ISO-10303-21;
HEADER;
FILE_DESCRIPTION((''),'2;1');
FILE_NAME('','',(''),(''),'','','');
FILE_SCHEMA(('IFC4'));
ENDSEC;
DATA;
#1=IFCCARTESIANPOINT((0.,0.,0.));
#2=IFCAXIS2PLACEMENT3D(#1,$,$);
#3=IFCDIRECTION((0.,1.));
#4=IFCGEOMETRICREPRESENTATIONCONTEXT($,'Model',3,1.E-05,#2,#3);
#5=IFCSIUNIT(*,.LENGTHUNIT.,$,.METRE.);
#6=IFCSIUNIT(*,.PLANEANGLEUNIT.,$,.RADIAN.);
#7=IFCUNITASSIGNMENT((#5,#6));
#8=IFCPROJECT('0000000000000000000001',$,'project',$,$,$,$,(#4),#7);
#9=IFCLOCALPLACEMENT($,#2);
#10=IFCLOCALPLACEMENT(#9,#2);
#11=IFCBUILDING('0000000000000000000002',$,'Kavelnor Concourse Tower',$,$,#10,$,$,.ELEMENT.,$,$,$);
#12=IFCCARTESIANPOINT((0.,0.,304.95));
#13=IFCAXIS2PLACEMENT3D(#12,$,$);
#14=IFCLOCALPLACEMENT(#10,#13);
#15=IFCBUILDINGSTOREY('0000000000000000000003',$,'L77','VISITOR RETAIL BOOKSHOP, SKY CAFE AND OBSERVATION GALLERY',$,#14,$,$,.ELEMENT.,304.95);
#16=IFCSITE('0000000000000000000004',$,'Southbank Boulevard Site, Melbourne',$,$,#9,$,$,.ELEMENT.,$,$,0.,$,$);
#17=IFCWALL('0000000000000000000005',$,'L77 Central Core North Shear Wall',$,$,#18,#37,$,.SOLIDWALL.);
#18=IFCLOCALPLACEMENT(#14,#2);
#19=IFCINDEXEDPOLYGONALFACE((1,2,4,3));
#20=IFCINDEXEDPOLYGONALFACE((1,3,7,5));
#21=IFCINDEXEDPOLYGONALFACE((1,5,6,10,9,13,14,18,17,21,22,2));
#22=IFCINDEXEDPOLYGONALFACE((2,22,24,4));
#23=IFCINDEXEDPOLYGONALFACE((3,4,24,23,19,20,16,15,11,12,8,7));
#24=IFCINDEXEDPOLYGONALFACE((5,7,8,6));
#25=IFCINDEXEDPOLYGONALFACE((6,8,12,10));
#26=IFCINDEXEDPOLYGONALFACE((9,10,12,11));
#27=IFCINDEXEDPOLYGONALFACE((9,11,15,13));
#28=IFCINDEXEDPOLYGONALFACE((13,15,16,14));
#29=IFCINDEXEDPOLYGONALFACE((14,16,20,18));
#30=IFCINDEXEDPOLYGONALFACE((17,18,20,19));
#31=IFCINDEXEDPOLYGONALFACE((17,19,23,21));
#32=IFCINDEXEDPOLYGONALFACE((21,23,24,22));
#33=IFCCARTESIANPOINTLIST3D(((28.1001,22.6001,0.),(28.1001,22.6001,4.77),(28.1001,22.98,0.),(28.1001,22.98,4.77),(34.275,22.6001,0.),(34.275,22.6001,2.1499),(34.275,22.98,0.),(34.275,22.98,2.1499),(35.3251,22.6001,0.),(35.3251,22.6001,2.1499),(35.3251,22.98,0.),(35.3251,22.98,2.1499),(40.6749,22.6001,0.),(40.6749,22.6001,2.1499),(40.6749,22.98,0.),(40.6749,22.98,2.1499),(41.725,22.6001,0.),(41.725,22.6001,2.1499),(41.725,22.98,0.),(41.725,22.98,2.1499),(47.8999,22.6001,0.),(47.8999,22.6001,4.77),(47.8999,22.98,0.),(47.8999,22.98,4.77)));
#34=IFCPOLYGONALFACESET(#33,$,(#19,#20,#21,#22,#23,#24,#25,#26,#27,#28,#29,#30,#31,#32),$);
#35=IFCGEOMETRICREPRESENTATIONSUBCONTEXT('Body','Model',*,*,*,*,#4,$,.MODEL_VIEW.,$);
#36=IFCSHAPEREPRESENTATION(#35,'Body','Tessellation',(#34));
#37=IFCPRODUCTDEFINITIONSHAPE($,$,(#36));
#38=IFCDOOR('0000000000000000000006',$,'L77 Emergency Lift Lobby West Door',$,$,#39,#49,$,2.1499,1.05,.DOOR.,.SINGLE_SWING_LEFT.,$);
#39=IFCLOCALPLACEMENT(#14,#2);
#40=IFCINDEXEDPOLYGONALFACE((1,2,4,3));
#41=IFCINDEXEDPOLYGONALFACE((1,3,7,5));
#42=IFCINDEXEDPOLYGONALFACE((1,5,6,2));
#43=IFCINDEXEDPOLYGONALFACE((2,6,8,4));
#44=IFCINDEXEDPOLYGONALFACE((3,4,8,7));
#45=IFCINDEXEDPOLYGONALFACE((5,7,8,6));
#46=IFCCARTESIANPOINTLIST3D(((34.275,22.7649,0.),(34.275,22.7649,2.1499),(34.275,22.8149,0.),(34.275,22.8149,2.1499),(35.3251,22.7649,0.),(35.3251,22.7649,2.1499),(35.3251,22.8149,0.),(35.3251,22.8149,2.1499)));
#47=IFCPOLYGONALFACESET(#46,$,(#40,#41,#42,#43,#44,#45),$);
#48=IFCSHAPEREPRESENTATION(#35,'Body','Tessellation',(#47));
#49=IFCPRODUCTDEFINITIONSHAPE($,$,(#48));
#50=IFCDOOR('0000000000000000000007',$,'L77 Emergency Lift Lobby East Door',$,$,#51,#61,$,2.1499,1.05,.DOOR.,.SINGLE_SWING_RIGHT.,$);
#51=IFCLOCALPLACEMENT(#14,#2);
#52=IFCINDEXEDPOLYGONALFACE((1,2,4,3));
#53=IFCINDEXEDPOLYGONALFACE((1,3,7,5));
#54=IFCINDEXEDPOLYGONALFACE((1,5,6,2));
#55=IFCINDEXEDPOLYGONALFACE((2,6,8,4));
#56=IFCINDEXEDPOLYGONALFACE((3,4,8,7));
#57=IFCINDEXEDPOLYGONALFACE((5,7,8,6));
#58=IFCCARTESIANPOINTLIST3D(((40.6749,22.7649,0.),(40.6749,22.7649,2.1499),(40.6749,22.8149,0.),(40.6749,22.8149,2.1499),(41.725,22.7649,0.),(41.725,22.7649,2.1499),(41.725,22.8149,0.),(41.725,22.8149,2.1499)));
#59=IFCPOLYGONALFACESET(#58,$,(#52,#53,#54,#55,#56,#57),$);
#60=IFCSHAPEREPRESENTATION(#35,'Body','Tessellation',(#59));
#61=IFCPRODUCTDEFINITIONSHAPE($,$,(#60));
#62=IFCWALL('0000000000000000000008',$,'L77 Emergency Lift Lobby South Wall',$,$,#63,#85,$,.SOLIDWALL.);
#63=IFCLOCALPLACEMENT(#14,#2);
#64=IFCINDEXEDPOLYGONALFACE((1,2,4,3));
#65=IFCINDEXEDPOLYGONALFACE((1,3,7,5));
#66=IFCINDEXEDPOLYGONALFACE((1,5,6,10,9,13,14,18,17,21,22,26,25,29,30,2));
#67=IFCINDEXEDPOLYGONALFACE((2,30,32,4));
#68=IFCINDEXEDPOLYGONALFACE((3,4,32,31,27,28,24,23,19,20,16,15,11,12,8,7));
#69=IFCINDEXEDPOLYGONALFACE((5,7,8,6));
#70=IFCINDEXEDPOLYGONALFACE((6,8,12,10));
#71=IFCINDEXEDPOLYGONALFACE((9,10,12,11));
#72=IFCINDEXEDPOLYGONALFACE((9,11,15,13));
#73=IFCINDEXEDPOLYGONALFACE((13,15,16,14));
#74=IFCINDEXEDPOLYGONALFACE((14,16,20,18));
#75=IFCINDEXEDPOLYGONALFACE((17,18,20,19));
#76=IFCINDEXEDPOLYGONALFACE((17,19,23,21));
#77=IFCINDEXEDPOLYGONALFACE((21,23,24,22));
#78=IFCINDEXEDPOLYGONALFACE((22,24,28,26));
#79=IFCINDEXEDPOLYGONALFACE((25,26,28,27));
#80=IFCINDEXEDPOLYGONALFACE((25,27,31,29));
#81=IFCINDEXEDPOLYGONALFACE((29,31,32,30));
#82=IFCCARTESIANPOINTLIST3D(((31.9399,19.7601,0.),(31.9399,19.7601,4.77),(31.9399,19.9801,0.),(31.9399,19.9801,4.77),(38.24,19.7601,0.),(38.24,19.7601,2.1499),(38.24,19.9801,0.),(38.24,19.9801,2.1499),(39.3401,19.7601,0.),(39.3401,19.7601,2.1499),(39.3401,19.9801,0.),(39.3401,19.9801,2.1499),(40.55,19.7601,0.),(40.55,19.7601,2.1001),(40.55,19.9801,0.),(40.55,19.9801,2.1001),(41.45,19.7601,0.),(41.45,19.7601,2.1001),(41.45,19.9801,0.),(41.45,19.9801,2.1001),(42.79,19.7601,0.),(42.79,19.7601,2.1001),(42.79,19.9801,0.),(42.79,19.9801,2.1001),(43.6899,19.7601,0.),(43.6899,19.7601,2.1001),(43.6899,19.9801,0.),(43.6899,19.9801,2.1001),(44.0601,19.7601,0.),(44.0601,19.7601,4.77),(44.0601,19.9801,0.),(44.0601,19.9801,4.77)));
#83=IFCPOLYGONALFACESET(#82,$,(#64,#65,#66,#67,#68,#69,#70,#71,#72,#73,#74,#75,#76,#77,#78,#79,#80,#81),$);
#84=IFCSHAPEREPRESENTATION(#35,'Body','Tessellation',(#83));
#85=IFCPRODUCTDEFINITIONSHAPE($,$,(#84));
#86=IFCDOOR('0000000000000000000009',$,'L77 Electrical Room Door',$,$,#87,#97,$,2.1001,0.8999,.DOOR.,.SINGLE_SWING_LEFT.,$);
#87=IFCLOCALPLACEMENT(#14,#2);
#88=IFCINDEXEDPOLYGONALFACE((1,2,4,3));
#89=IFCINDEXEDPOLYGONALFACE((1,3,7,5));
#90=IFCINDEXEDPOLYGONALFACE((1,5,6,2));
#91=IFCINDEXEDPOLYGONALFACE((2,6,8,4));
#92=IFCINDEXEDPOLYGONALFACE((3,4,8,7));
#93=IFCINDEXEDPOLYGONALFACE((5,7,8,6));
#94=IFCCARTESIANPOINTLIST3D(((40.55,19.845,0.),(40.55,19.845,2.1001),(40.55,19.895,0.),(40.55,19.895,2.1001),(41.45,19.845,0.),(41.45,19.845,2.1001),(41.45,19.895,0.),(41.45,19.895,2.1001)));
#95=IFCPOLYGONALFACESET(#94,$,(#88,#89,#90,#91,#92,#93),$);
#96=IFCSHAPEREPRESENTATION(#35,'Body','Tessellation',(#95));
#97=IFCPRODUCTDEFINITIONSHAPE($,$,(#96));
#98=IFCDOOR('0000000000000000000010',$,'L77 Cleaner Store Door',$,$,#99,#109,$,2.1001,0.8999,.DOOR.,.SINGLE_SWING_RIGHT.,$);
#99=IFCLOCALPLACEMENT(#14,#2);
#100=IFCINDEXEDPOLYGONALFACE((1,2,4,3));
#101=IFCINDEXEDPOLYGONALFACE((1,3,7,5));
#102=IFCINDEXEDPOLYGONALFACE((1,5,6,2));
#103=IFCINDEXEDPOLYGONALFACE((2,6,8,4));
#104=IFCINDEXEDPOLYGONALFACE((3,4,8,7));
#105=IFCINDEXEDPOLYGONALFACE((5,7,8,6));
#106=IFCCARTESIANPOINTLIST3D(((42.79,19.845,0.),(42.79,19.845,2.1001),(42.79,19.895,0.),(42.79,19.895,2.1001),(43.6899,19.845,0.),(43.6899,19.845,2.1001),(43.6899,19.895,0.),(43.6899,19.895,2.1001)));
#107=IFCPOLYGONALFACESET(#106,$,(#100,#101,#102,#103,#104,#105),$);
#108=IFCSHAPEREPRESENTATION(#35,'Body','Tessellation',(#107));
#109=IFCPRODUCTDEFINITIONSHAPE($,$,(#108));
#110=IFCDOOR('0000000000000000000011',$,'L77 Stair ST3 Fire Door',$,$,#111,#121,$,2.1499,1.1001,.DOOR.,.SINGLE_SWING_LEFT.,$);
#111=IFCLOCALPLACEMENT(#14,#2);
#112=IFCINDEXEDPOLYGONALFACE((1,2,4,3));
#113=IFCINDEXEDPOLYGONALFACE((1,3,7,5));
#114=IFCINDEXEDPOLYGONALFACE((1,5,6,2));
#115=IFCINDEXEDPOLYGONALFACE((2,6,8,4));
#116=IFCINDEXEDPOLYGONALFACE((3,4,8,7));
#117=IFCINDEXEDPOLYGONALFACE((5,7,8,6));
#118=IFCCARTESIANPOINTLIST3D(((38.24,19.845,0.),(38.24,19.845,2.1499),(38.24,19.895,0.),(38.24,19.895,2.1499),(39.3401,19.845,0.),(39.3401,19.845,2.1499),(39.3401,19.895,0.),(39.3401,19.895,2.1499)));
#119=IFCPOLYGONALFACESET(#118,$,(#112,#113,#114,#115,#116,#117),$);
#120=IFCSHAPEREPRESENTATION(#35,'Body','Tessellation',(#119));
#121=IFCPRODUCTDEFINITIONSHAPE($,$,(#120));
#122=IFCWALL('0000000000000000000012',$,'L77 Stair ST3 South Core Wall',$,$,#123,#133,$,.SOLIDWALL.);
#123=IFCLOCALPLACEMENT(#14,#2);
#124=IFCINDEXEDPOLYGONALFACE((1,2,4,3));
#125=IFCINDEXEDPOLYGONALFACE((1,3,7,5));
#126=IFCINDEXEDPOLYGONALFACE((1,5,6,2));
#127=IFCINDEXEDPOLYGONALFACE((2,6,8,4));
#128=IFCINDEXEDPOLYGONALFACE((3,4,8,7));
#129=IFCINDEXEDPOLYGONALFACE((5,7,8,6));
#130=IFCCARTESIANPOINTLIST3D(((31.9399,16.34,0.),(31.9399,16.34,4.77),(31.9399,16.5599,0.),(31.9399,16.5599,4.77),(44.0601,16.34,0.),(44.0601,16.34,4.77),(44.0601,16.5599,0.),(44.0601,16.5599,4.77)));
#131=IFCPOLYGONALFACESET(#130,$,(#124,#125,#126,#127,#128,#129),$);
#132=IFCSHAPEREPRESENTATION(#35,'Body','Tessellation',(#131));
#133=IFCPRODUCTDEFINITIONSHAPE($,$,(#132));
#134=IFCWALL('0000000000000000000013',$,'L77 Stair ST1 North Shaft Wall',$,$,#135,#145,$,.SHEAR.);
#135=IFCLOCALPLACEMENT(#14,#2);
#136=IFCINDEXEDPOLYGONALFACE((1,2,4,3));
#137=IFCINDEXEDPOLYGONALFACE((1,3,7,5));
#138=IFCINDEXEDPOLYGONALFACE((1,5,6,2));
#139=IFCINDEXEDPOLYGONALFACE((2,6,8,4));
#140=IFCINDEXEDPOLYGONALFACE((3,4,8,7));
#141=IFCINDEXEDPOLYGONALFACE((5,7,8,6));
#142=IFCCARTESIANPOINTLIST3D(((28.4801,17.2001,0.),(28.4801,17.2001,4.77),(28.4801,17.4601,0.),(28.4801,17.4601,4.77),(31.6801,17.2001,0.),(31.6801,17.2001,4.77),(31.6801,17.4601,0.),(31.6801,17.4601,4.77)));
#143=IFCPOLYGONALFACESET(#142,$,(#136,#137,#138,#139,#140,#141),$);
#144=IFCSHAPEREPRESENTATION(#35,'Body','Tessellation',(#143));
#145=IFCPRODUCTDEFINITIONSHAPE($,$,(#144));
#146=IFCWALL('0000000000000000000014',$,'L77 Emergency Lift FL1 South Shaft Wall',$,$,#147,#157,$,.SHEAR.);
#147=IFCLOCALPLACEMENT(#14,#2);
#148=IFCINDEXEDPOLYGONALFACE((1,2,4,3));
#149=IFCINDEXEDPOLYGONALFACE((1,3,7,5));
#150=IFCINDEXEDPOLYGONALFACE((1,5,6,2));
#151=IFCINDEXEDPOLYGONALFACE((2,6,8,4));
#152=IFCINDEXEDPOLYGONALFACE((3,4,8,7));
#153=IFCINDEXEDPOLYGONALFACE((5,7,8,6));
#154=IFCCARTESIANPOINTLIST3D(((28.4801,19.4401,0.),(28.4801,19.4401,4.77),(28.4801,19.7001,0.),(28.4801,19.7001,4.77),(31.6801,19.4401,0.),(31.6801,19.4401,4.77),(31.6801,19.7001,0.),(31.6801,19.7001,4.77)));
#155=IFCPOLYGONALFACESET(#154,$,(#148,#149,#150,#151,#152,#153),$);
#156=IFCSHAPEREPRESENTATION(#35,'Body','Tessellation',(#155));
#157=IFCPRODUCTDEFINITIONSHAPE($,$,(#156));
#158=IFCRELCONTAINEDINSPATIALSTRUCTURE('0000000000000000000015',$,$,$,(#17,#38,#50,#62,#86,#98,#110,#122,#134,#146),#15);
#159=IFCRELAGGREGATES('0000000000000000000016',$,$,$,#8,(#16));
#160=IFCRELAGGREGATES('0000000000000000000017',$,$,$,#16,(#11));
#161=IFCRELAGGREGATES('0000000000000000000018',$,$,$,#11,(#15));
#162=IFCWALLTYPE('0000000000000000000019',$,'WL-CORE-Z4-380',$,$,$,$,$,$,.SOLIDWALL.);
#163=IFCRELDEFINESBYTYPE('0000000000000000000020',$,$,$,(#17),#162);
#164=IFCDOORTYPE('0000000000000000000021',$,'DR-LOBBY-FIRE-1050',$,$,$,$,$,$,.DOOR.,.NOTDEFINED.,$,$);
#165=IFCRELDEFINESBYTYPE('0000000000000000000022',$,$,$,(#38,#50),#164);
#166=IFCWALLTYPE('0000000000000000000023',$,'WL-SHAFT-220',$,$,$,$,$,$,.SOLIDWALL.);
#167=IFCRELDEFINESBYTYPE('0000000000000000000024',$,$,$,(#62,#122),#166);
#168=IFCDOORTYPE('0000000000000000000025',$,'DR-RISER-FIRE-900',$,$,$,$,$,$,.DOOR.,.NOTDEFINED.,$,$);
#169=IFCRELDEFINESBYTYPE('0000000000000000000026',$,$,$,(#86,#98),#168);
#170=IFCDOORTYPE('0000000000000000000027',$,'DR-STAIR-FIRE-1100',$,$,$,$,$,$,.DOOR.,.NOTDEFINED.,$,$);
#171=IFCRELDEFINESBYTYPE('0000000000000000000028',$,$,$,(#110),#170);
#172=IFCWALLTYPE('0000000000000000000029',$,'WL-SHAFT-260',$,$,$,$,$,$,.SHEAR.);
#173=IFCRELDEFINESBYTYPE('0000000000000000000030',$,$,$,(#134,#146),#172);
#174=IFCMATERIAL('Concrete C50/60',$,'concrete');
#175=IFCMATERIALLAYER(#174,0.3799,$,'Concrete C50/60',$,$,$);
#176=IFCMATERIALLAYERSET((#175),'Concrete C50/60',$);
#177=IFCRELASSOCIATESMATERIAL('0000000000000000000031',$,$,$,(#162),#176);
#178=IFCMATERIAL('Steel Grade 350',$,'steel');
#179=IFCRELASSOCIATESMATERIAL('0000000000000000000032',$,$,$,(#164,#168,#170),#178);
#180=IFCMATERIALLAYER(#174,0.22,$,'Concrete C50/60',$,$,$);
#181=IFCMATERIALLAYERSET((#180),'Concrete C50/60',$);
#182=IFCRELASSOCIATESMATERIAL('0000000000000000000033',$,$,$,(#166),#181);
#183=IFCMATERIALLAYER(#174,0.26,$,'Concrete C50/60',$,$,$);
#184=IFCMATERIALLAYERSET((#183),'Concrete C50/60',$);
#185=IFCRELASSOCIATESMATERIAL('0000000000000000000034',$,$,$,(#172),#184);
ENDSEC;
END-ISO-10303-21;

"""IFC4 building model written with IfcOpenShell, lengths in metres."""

from ifc_helpers import new_model, si_unit, direction, frame, frame_2d, origin, place, context, subcontext, project, spatial, rectangle, extrude, material, layer, layer_set, type_object, element, fill, save


model = new_model("IFC4")

# Units and contexts
model_context = context("Model", 3, precision=1e-05, world=origin(), true_north=direction((0.0, 1.0)))
body_context = subcontext(model_context, "Body", "Model", "MODEL_VIEW")
ifc_project = project(units=[si_unit("LENGTHUNIT", "METRE"), si_unit("PLANEANGLEUNIT", "RADIAN")], contexts=[model_context])

# Site, building, storey
site_placement = place(None, origin())
site = spatial("IfcSite", under=ifc_project, at=site_placement, Name="Southbank Boulevard Site, Melbourne", CompositionType="ELEMENT", RefElevation=0.0)
building_placement = place(site_placement, origin())
building = spatial("IfcBuilding", under=site, at=building_placement, Name="Kavelnor Concourse Tower", CompositionType="ELEMENT")
storey_placement = place(building_placement, frame((0.0, 0.0, 304.95)))
storey = spatial("IfcBuildingStorey", under=building, at=storey_placement, Name="L77", Description="VISITOR RETAIL BOOKSHOP, SKY CAFE AND OBSERVATION GALLERY", CompositionType="ELEMENT", Elevation=304.95)

# Shared definitions
ifc_material_1 = material(Name="Steel Grade 350", Category="steel")

# Walls, openings, doors
ifc_material_2 = material(Name="Concrete C50/60", Category="concrete")
ifc_layer_1 = layer(ifc_material_2, 0.3799, Name="Concrete C50/60")
ifc_layer_set_1 = layer_set([ifc_layer_1], Name="Concrete C50/60")
wall_type_1 = type_object("IfcWallType", Name="WL-CORE-Z4-380", PredefinedType="SOLIDWALL", material=ifc_layer_set_1)
wall_1_placement = place(storey_placement, frame((28.1001, 22.79, 0.0), z_axis=(0.0, 0.0, 1.0), x_axis=(1.0, 0.0, 0.0)))
wall_1 = element("IfcWall", 1, at=wall_1_placement, inside=storey, type_object=wall_type_1, Name="L77 Central Core North Shear Wall", PredefinedType="SOLIDWALL", context=body_context, shape_type="SweptSolid", body=[
    extrude(rectangle(XDim=19.7998, YDim=0.3799, at=frame_2d((9.8999, 0.0))), origin(), (0.0, 0.0, 1.0), 4.77),
])
opening_1_placement = place(wall_1_placement, frame((6.175, 0.0, 0.0)))
opening_1 = element("IfcOpeningElement", 2, at=opening_1_placement, cuts=wall_1, PredefinedType="OPENING", context=body_context, shape_type="SweptSolid", body=[
    extrude(rectangle(XDim=1.05, YDim=2.1499, at=frame_2d((0.5249, 1.075))), frame((0.0, 0.2, 0.0), z_axis=(0.0, -1.0, 0.0), x_axis=(1.0, 0.0, 0.0)), (0.0, 0.0, 1.0), 0.3999),
])
opening_2_placement = place(wall_1_placement, frame((12.575, 0.0, 0.0)))
opening_2 = element("IfcOpeningElement", 3, at=opening_2_placement, cuts=wall_1, PredefinedType="OPENING", context=body_context, shape_type="SweptSolid", body=[
    extrude(rectangle(XDim=1.05, YDim=2.1499, at=frame_2d((0.5249, 1.075))), frame((0.0, 0.2, 0.0), z_axis=(0.0, -1.0, 0.0), x_axis=(1.0, 0.0, 0.0)), (0.0, 0.0, 1.0), 0.3999),
])
door_type_1 = type_object("IfcDoorType", Name="DR-LOBBY-FIRE-1050", OperationType="NOTDEFINED", PredefinedType="DOOR", material=ifc_material_1)
door_1_placement = place(opening_1_placement, origin())
door_1 = element("IfcDoor", 4, at=door_1_placement, inside=storey, type_object=door_type_1, Name="L77 Emergency Lift Lobby West Door", OperationType="SINGLE_SWING_LEFT", OverallHeight=2.1499, OverallWidth=1.05, PredefinedType="DOOR", context=body_context, shape_type="SweptSolid", body=[
    extrude(rectangle(XDim=1.05, YDim=2.1499, at=frame_2d((0.5249, 1.075))), frame((0.0, 0.0249, 0.0), z_axis=(0.0, -1.0, 0.0), x_axis=(1.0, 0.0, 0.0)), (0.0, 0.0, 1.0), 0.05),
])
fill(opening_1, door_1)
door_2_placement = place(opening_2_placement, origin())
door_2 = element("IfcDoor", 5, at=door_2_placement, inside=storey, type_object=door_type_1, Name="L77 Emergency Lift Lobby East Door", OperationType="SINGLE_SWING_RIGHT", OverallHeight=2.1499, OverallWidth=1.05, PredefinedType="DOOR", context=body_context, shape_type="SweptSolid", body=[
    extrude(rectangle(XDim=1.05, YDim=2.1499, at=frame_2d((0.5249, 1.075))), frame((0.0, 0.0249, 0.0), z_axis=(0.0, -1.0, 0.0), x_axis=(1.0, 0.0, 0.0)), (0.0, 0.0, 1.0), 0.05),
])
fill(opening_2, door_2)
ifc_layer_2 = layer(ifc_material_2, 0.22, Name="Concrete C50/60")
ifc_layer_set_2 = layer_set([ifc_layer_2], Name="Concrete C50/60")
wall_type_2 = type_object("IfcWallType", Name="WL-SHAFT-220", PredefinedType="SOLIDWALL", material=ifc_layer_set_2)
wall_2_placement = place(storey_placement, frame((31.9399, 19.8701, 0.0), z_axis=(0.0, 0.0, 1.0), x_axis=(1.0, 0.0, 0.0)))
wall_2 = element("IfcWall", 6, at=wall_2_placement, inside=storey, type_object=wall_type_2, Name="L77 Emergency Lift Lobby South Wall", PredefinedType="SOLIDWALL", context=body_context, shape_type="SweptSolid", body=[
    extrude(rectangle(XDim=12.1201, YDim=0.22, at=frame_2d((6.0601, 0.0))), origin(), (0.0, 0.0, 1.0), 4.77),
])
opening_3_placement = place(wall_2_placement, frame((6.3, 0.0, 0.0)))
opening_3 = element("IfcOpeningElement", 7, at=opening_3_placement, cuts=wall_2, PredefinedType="OPENING", context=body_context, shape_type="SweptSolid", body=[
    extrude(rectangle(XDim=1.1001, YDim=2.1499, at=frame_2d((0.55, 1.075))), frame((0.0, 0.1201, 0.0), z_axis=(0.0, -1.0, 0.0), x_axis=(1.0, 0.0, 0.0)), (0.0, 0.0, 1.0), 0.24),
])
opening_4_placement = place(wall_2_placement, frame((8.6101, 0.0, 0.0)))
opening_4 = element("IfcOpeningElement", 8, at=opening_4_placement, cuts=wall_2, PredefinedType="OPENING", context=body_context, shape_type="SweptSolid", body=[
    extrude(rectangle(XDim=0.8999, YDim=2.1001, at=frame_2d((0.45, 1.05))), frame((0.0, 0.1201, 0.0), z_axis=(0.0, -1.0, 0.0), x_axis=(1.0, 0.0, 0.0)), (0.0, 0.0, 1.0), 0.24),
])
opening_5_placement = place(wall_2_placement, frame((10.8501, 0.0, 0.0)))
opening_5 = element("IfcOpeningElement", 9, at=opening_5_placement, cuts=wall_2, PredefinedType="OPENING", context=body_context, shape_type="SweptSolid", body=[
    extrude(rectangle(XDim=0.8999, YDim=2.1001, at=frame_2d((0.45, 1.05))), frame((0.0, 0.1201, 0.0), z_axis=(0.0, -1.0, 0.0), x_axis=(1.0, 0.0, 0.0)), (0.0, 0.0, 1.0), 0.24),
])
door_type_2 = type_object("IfcDoorType", Name="DR-RISER-FIRE-900", OperationType="NOTDEFINED", PredefinedType="DOOR", material=ifc_material_1)
door_3_placement = place(opening_4_placement, origin())
door_3 = element("IfcDoor", 10, at=door_3_placement, inside=storey, type_object=door_type_2, Name="L77 Electrical Room Door", OperationType="SINGLE_SWING_LEFT", OverallHeight=2.1001, OverallWidth=0.8999, PredefinedType="DOOR", context=body_context, shape_type="SweptSolid", body=[
    extrude(rectangle(XDim=0.8999, YDim=2.1001, at=frame_2d((0.45, 1.05))), frame((0.0, 0.0249, 0.0), z_axis=(0.0, -1.0, 0.0), x_axis=(1.0, 0.0, 0.0)), (0.0, 0.0, 1.0), 0.05),
])
fill(opening_4, door_3)
door_4_placement = place(opening_5_placement, origin())
door_4 = element("IfcDoor", 11, at=door_4_placement, inside=storey, type_object=door_type_2, Name="L77 Cleaner Store Door", OperationType="SINGLE_SWING_RIGHT", OverallHeight=2.1001, OverallWidth=0.8999, PredefinedType="DOOR", context=body_context, shape_type="SweptSolid", body=[
    extrude(rectangle(XDim=0.8999, YDim=2.1001, at=frame_2d((0.45, 1.05))), frame((0.0, 0.0249, 0.0), z_axis=(0.0, -1.0, 0.0), x_axis=(1.0, 0.0, 0.0)), (0.0, 0.0, 1.0), 0.05),
])
fill(opening_5, door_4)
door_type_3 = type_object("IfcDoorType", Name="DR-STAIR-FIRE-1100", OperationType="NOTDEFINED", PredefinedType="DOOR", material=ifc_material_1)
door_5_placement = place(opening_3_placement, origin())
door_5 = element("IfcDoor", 12, at=door_5_placement, inside=storey, type_object=door_type_3, Name="L77 Stair ST3 Fire Door", OperationType="SINGLE_SWING_LEFT", OverallHeight=2.1499, OverallWidth=1.1001, PredefinedType="DOOR", context=body_context, shape_type="SweptSolid", body=[
    extrude(rectangle(XDim=1.1001, YDim=2.1499, at=frame_2d((0.55, 1.075))), frame((0.0, 0.0249, 0.0), z_axis=(0.0, -1.0, 0.0), x_axis=(1.0, 0.0, 0.0)), (0.0, 0.0, 1.0), 0.05),
])
fill(opening_3, door_5)

# Walls
wall_3_placement = place(storey_placement, frame((31.9399, 16.45, 0.0), z_axis=(0.0, 0.0, 1.0), x_axis=(1.0, 0.0, 0.0)))
element("IfcWall", 13, at=wall_3_placement, inside=storey, type_object=wall_type_2, Name="L77 Stair ST3 South Core Wall", PredefinedType="SOLIDWALL", context=body_context, shape_type="SweptSolid", body=[
    extrude(rectangle(XDim=12.1201, YDim=0.22, at=frame_2d((6.0601, 0.0))), origin(), (0.0, 0.0, 1.0), 4.77),
])
ifc_layer_3 = layer(ifc_material_2, 0.26, Name="Concrete C50/60")
ifc_layer_set_3 = layer_set([ifc_layer_3], Name="Concrete C50/60")
wall_type_3 = type_object("IfcWallType", Name="WL-SHAFT-260", PredefinedType="SHEAR", material=ifc_layer_set_3)
for number, where, z_axis, x_axis, name in (
    (14, (28.48, 17.3301, 0.0), (0.0, 0.0, 1.0), (1.0, 0.0, 0.0), "L77 Stair ST1 North Shaft Wall"),
    (15, (28.48, 19.5701, 0.0), (0.0, 0.0, 1.0), (1.0, 0.0, 0.0), "L77 Emergency Lift FL1 South Shaft Wall"),
):
    element("IfcWall", number, at=place(storey_placement, frame(where, z_axis=z_axis, x_axis=x_axis)), inside=storey, type_object=wall_type_3, Name=name, PredefinedType="SHEAR", context=body_context, shape_type="SweptSolid", body=[
        extrude(rectangle(XDim=3.2, YDim=0.26, at=frame_2d((1.6001, 0.0))), origin(), (0.0, 0.0, 1.0), 4.77),
    ])

save(model, "model.ifc")
